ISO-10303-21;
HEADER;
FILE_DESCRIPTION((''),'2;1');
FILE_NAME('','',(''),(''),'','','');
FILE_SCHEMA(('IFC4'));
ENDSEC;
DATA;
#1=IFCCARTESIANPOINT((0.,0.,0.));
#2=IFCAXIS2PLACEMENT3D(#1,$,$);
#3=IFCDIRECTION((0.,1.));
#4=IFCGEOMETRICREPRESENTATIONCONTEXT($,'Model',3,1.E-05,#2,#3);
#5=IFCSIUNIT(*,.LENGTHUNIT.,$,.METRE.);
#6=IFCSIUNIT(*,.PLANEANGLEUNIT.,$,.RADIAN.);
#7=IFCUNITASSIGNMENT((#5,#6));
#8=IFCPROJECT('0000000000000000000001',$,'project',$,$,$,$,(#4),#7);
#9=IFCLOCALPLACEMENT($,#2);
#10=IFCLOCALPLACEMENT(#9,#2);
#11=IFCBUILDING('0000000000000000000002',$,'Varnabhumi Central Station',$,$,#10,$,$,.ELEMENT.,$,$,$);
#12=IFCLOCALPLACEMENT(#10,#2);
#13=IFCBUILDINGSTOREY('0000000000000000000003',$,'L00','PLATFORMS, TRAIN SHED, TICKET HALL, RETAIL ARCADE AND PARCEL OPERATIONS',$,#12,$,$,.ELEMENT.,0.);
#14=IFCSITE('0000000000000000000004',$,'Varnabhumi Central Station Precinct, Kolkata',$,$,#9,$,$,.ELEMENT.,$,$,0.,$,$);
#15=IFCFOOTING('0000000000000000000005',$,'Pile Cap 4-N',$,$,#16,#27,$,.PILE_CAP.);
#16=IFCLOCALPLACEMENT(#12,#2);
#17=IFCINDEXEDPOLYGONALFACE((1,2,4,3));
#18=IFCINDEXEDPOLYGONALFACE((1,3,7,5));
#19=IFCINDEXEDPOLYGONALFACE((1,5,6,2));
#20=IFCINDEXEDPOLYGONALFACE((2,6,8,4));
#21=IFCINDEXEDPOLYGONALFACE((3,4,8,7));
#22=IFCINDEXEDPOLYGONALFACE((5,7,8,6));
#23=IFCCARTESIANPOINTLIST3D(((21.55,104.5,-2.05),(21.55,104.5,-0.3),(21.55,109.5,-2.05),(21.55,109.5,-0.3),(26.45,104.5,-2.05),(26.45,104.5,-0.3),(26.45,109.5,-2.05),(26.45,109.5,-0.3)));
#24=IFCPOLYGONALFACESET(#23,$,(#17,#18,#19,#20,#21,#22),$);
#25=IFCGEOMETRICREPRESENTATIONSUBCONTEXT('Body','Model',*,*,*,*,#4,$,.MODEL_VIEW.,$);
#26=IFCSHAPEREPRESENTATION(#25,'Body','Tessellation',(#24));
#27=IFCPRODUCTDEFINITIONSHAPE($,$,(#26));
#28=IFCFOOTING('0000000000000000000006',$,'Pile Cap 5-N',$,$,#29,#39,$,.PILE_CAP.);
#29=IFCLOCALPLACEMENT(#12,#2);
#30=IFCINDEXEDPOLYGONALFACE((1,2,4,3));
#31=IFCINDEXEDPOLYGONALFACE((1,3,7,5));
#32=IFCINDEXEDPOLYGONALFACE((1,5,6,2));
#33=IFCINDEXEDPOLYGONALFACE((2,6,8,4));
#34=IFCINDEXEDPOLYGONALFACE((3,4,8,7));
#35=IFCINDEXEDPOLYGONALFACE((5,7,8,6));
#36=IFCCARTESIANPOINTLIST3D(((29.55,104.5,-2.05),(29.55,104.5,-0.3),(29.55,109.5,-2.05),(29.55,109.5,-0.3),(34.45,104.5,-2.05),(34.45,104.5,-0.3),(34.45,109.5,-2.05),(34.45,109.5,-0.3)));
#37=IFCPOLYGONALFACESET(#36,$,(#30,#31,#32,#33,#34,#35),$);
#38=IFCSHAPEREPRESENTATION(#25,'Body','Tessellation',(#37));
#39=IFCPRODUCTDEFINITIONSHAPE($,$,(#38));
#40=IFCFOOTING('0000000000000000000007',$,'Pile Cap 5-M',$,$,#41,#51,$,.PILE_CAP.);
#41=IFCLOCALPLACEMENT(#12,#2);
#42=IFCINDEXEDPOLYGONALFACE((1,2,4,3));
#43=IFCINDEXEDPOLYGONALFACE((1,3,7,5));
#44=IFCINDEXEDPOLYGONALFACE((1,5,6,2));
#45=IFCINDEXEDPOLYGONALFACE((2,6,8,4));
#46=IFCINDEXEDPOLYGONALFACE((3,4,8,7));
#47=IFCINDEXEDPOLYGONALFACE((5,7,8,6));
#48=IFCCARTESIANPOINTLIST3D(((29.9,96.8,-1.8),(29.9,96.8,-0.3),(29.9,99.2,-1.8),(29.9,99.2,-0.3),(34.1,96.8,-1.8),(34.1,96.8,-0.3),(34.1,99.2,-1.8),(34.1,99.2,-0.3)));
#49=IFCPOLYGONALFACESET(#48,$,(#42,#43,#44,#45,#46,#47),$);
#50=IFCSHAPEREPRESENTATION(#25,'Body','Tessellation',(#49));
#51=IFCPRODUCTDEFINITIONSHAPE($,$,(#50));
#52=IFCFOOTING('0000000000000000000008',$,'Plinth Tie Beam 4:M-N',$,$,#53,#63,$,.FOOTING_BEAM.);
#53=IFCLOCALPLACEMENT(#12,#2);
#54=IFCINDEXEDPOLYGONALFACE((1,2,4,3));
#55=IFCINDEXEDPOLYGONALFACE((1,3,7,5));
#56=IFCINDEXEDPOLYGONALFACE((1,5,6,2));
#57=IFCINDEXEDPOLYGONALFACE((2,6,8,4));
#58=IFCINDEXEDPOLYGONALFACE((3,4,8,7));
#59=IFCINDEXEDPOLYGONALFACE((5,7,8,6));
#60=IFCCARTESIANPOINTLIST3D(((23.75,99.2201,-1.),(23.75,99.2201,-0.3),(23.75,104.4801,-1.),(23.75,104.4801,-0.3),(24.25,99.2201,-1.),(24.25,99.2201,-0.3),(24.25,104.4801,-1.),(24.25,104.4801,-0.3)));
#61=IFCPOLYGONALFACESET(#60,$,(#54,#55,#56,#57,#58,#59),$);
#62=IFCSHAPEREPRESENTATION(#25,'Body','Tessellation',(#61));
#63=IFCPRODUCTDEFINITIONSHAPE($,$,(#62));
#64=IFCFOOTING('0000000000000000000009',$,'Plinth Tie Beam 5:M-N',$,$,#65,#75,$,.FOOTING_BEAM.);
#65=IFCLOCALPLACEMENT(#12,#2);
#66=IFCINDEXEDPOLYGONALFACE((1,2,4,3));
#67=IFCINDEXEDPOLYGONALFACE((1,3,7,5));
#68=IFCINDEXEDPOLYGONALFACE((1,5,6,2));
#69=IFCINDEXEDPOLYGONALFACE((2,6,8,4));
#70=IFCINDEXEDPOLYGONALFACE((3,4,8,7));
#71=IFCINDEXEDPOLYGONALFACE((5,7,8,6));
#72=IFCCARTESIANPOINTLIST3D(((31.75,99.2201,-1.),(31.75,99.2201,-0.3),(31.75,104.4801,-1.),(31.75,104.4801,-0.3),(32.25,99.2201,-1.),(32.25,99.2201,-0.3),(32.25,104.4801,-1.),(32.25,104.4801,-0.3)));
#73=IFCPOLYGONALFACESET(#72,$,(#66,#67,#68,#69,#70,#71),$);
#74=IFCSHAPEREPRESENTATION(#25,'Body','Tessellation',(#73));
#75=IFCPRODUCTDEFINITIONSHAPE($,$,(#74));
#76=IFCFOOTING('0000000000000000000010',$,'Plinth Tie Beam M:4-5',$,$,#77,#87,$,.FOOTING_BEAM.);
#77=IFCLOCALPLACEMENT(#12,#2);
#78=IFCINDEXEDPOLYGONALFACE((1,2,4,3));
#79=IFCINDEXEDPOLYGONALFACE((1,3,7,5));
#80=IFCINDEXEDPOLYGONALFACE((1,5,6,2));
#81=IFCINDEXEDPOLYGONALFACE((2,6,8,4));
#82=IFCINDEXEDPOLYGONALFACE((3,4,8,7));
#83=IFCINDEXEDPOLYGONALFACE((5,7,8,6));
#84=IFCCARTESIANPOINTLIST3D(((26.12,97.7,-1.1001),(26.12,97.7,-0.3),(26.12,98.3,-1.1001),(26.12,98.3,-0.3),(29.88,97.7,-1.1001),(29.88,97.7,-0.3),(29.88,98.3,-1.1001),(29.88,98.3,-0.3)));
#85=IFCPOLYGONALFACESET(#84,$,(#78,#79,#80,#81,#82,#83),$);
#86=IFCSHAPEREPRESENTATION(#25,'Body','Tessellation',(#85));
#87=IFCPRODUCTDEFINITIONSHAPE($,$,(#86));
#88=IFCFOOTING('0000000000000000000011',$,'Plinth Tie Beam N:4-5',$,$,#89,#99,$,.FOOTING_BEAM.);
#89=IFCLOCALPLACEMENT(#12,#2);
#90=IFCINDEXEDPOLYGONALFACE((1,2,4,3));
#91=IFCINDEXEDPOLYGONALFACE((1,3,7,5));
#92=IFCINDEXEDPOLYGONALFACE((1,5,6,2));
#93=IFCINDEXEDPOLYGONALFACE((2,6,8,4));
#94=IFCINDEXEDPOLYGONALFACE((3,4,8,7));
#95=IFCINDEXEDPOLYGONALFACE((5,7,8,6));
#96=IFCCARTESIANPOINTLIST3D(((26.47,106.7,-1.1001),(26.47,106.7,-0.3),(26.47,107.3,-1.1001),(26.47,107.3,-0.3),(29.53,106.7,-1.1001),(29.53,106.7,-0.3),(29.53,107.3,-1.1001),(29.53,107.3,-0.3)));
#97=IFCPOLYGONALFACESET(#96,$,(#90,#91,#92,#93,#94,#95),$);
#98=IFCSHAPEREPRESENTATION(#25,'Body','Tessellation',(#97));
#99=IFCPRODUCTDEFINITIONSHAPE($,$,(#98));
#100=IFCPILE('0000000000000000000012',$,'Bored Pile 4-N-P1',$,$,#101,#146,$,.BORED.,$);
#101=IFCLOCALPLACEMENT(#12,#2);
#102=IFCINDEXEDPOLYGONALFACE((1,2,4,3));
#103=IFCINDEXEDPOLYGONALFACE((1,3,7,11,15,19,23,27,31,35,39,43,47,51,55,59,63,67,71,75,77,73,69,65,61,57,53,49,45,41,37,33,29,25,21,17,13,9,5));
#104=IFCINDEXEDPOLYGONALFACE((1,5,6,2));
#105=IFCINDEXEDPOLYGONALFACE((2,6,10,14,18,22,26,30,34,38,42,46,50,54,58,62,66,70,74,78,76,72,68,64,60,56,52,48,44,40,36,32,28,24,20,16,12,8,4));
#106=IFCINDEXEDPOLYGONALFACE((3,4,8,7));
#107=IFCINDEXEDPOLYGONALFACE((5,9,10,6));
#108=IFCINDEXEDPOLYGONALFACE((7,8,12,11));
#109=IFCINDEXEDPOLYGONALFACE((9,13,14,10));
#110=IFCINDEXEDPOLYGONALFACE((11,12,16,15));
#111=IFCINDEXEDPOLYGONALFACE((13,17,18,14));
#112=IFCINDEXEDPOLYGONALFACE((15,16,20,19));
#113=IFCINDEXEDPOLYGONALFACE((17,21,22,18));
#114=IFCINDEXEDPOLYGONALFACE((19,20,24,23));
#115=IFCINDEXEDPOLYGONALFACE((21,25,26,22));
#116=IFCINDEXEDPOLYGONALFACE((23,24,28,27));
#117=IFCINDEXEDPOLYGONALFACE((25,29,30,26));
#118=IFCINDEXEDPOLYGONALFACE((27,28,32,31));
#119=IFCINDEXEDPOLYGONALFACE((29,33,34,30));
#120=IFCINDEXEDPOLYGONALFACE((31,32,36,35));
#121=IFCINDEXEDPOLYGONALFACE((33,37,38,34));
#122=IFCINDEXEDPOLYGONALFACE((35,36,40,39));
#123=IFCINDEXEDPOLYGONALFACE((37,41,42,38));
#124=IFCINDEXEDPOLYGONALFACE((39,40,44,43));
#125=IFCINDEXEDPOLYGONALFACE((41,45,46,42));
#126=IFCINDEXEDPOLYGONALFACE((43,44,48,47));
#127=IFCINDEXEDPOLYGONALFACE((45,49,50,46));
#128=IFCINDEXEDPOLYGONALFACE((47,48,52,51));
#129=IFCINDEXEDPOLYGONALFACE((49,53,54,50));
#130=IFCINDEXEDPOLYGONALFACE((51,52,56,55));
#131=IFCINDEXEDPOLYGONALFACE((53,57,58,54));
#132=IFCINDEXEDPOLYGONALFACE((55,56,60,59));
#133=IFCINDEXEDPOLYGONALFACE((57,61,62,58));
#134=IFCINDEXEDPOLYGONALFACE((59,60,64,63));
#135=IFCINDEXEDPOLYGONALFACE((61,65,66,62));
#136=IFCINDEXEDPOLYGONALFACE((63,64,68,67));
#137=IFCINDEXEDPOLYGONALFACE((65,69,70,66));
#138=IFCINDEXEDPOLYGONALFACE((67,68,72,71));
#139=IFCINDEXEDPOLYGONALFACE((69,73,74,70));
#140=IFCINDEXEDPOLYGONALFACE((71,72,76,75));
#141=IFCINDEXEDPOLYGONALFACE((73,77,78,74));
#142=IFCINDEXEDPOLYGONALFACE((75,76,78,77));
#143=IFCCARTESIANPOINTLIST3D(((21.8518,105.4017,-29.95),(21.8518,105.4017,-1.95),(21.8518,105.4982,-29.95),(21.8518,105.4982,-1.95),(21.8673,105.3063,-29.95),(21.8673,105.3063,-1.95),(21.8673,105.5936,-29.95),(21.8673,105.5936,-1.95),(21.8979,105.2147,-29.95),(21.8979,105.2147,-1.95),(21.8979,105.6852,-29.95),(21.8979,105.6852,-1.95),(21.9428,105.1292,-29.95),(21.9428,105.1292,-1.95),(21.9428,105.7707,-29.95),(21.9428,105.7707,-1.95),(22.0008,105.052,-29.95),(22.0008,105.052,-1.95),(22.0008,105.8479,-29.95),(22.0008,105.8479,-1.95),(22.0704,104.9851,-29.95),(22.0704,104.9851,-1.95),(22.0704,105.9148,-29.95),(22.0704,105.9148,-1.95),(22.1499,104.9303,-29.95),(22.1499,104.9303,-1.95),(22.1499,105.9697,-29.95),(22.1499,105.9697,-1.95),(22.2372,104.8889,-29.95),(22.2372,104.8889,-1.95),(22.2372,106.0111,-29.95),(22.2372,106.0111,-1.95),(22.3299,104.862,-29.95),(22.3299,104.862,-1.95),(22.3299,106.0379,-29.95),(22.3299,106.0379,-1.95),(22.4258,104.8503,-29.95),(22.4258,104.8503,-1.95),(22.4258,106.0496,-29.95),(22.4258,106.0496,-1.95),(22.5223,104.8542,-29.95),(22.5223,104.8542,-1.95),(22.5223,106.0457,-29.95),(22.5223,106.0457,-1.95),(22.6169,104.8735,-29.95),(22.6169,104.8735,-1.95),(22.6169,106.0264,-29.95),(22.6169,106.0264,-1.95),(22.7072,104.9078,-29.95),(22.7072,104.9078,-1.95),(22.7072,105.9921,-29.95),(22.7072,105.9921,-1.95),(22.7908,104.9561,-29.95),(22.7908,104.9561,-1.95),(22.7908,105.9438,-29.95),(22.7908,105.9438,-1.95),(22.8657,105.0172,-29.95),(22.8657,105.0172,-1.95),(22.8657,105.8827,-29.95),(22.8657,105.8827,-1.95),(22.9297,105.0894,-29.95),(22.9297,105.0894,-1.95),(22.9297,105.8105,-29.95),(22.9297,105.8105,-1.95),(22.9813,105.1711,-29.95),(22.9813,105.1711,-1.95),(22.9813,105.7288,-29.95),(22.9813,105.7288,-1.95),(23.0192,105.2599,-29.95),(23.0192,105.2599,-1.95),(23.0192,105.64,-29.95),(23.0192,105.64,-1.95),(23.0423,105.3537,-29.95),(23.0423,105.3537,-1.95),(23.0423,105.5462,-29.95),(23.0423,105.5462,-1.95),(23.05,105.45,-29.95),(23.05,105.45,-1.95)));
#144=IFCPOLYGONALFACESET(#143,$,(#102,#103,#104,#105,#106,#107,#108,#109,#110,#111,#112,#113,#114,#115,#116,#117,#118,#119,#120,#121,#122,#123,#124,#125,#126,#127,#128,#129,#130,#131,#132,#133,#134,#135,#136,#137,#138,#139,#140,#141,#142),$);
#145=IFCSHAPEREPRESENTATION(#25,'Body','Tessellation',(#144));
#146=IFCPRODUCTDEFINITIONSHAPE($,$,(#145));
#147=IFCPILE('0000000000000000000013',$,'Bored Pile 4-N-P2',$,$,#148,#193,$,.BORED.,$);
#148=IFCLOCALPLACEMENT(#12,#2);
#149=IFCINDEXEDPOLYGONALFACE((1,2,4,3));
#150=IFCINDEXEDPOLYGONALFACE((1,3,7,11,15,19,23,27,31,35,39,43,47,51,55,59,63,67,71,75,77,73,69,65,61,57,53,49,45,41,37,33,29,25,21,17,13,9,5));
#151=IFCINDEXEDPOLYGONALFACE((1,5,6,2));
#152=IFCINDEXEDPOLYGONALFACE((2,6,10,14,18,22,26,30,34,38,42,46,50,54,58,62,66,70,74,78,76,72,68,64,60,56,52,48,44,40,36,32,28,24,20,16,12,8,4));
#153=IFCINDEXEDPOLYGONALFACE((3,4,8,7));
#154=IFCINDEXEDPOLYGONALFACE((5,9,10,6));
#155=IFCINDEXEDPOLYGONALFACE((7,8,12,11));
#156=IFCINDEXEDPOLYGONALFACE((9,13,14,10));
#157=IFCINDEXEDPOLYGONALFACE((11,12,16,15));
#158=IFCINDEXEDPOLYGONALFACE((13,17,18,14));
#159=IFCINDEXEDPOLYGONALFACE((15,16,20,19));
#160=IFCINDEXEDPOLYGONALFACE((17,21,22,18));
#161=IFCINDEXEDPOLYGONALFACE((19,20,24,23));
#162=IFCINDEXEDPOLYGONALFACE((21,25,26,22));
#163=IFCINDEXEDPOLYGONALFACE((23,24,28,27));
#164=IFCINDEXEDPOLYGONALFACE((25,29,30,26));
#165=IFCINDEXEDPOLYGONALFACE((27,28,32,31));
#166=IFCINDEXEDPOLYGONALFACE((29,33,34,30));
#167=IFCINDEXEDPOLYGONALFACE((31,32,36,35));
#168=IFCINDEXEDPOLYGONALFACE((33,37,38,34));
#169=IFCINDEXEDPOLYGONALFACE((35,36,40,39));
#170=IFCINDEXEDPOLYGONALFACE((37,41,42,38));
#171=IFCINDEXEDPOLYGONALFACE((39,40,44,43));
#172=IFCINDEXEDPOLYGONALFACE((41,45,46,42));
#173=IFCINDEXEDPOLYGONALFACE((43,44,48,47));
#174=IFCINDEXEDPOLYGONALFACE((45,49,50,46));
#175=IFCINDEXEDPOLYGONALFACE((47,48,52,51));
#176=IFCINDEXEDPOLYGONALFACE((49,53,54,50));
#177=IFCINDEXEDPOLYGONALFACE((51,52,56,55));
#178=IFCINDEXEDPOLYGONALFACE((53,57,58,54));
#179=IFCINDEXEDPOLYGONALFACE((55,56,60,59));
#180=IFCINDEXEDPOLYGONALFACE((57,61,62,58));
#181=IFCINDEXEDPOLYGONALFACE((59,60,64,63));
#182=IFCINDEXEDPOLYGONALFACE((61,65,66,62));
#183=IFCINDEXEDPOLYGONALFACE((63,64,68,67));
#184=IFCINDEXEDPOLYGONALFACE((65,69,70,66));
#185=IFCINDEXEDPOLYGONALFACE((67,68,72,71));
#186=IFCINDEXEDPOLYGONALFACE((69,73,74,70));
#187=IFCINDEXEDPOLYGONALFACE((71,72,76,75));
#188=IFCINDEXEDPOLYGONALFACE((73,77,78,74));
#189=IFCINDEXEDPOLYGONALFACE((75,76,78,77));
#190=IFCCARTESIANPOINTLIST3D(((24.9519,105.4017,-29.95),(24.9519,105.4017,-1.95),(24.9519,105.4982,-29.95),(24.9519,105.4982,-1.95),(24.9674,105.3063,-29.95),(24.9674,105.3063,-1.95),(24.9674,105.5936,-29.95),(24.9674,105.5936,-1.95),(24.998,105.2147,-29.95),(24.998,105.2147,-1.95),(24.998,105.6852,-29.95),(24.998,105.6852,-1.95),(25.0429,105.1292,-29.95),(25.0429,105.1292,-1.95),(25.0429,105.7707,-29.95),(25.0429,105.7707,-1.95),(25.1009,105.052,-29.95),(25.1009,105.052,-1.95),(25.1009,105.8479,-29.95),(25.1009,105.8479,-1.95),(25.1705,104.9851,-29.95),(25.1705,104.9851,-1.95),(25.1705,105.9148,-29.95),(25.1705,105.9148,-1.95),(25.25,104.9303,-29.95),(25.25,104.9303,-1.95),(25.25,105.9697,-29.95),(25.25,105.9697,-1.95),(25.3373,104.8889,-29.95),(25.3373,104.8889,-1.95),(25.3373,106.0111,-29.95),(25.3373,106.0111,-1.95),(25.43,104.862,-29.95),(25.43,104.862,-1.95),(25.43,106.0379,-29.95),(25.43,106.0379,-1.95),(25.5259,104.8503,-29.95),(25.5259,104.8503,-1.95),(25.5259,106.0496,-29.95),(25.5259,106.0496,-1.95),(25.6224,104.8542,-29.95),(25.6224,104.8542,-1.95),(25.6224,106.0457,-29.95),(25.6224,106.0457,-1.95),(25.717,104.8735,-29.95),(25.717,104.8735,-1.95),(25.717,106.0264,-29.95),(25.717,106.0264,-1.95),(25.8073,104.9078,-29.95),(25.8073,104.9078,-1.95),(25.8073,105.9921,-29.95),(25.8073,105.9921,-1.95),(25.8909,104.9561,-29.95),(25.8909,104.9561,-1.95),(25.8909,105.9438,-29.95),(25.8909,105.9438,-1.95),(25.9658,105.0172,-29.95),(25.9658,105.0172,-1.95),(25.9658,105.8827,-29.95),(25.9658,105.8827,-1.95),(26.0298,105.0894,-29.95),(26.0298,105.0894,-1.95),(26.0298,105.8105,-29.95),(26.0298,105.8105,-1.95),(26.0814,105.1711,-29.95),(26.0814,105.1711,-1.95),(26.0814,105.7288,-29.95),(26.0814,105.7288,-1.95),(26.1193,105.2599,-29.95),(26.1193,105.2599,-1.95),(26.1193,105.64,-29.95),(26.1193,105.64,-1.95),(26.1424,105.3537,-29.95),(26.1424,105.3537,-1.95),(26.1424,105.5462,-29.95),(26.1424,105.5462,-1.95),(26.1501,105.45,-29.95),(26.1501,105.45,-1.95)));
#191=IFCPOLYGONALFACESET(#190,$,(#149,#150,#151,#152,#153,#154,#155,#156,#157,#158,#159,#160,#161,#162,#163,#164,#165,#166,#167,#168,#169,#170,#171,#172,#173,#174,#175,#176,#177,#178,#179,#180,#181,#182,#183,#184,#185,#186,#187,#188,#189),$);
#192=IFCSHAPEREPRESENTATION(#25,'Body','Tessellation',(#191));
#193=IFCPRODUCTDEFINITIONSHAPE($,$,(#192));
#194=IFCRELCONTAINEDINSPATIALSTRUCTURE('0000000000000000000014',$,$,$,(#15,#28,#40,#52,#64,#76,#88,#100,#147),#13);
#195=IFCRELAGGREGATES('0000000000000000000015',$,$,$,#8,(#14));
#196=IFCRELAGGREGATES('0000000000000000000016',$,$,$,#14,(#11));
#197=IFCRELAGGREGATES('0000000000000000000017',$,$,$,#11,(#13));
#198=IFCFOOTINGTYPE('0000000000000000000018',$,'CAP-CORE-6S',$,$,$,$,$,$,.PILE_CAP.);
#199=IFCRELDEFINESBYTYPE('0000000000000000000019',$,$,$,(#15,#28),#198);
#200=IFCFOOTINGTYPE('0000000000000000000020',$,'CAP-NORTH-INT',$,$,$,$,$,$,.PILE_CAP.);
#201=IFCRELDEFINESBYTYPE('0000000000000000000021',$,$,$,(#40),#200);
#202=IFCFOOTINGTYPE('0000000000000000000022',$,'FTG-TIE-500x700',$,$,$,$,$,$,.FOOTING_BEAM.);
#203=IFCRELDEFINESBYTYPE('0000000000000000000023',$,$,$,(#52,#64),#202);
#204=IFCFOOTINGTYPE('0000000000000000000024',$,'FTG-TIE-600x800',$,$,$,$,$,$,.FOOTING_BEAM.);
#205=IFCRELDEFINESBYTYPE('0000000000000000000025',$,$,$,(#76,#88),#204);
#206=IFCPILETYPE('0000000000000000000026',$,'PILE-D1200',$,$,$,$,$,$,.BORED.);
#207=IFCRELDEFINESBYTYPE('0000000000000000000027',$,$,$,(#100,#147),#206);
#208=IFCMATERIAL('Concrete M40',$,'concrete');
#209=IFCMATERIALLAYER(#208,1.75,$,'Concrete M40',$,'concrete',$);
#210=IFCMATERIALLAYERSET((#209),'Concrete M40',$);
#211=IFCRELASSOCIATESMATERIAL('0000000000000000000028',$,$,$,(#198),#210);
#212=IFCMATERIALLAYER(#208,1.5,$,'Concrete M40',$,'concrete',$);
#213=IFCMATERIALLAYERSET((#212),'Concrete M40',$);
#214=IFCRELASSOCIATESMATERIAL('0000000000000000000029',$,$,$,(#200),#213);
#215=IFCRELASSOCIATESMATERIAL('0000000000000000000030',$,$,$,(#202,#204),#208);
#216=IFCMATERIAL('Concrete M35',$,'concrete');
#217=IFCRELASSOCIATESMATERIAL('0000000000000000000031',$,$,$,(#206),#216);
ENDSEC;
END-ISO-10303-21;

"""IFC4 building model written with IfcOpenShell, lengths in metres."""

from ifc_helpers import new_model, si_unit, direction, frame, origin, origin_2d, place, context, subcontext, project, spatial, rectangle, circle, extrude, material, layer, layer_set, material_profile, profile_set, type_object, element, save


model = new_model("IFC4")

# Units and contexts
model_context = context("Model", 3, precision=1e-05, world=origin(), true_north=direction((0.0, 1.0)))
body_context = subcontext(model_context, "Body", "Model", "MODEL_VIEW")
ifc_project = project(units=[si_unit("LENGTHUNIT", "METRE"), si_unit("PLANEANGLEUNIT", "RADIAN")], contexts=[model_context])

# Site, building, storey
site_placement = place(None, origin())
site = spatial("IfcSite", under=ifc_project, at=site_placement, Name="Varnabhumi Central Station Precinct, Kolkata", CompositionType="ELEMENT", RefElevation=0.0)
building_placement = place(site_placement, origin())
building = spatial("IfcBuilding", under=site, at=building_placement, Name="Varnabhumi Central Station", CompositionType="ELEMENT")
storey_placement = place(building_placement, origin())
storey = spatial("IfcBuildingStorey", under=building, at=storey_placement, Name="L00", Description="PLATFORMS, TRAIN SHED, TICKET HALL, RETAIL ARCADE AND PARCEL OPERATIONS", CompositionType="ELEMENT", Elevation=0.0)

# Footings
ifc_material_1 = material(Name="Concrete M40", Category="concrete")
ifc_layer_1 = layer(ifc_material_1, 1.75, Name="Concrete M40", Category="concrete")
ifc_layer_set_1 = layer_set([ifc_layer_1], Name="Concrete M40")
footing_type_1 = type_object("IfcFootingType", Name="CAP-CORE-6S", PredefinedType="PILE_CAP", material=ifc_layer_set_1)
for number, where, z_axis, x_axis, name in (
    (1, (24.0, 107.0, -2.05), (0.0, 0.0, 1.0), (1.0, 0.0, 0.0), "Pile Cap 4-N"),
    (2, (32.0, 107.0, -2.05), (0.0, 0.0, 1.0), (1.0, 0.0, 0.0), "Pile Cap 5-N"),
):
    element("IfcFooting", number, at=place(storey_placement, frame(where, z_axis=z_axis, x_axis=x_axis)), inside=storey, type_object=footing_type_1, Name=name, PredefinedType="PILE_CAP", context=body_context, shape_type="SweptSolid", body=[
        extrude(rectangle(XDim=4.8999, YDim=5.0, at=origin_2d()), origin(), (0.0, 0.0, 1.0), 1.75),
    ])
ifc_layer_2 = layer(ifc_material_1, 1.5, Name="Concrete M40", Category="concrete")
ifc_layer_set_2 = layer_set([ifc_layer_2], Name="Concrete M40")
footing_type_2 = type_object("IfcFootingType", Name="CAP-NORTH-INT", PredefinedType="PILE_CAP", material=ifc_layer_set_2)
footing_1_placement = place(storey_placement, frame((32.0, 98.0, -1.8), z_axis=(0.0, 0.0, 1.0), x_axis=(1.0, 0.0, 0.0)))
element("IfcFooting", 3, at=footing_1_placement, inside=storey, type_object=footing_type_2, Name="Pile Cap 5-M", PredefinedType="PILE_CAP", context=body_context, shape_type="SweptSolid", body=[
    extrude(rectangle(XDim=4.2, YDim=2.3999, at=origin_2d()), origin(), (0.0, 0.0, 1.0), 1.5),
])
footing_type_3 = type_object("IfcFootingType", Name="FTG-TIE-500x700", PredefinedType="FOOTING_BEAM", material=ifc_material_1)
for number, where, z_axis, x_axis, name in (
    (4, (24.0, 101.8501, -1.0), (0.0, 0.0, 1.0), (1.0, 0.0, 0.0), "Plinth Tie Beam 4:M-N"),
    (5, (32.0, 101.8501, -1.0), (0.0, 0.0, 1.0), (1.0, 0.0, 0.0), "Plinth Tie Beam 5:M-N"),
):
    element("IfcFooting", number, at=place(storey_placement, frame(where, z_axis=z_axis, x_axis=x_axis)), inside=storey, type_object=footing_type_3, Name=name, PredefinedType="FOOTING_BEAM", context=body_context, shape_type="SweptSolid", body=[
        extrude(rectangle(XDim=0.5, YDim=5.26, at=origin_2d()), origin(), (0.0, 0.0, 1.0), 0.7),
    ])
footing_type_4 = type_object("IfcFootingType", Name="FTG-TIE-600x800", PredefinedType="FOOTING_BEAM", material=ifc_material_1)
footing_2_placement = place(storey_placement, frame((28.0, 98.0, -1.1001), z_axis=(0.0, 0.0, 1.0), x_axis=(1.0, 0.0, 0.0)))
element("IfcFooting", 6, at=footing_2_placement, inside=storey, type_object=footing_type_4, Name="Plinth Tie Beam M:4-5", PredefinedType="FOOTING_BEAM", context=body_context, shape_type="SweptSolid", body=[
    extrude(rectangle(XDim=3.76, YDim=0.6001, at=origin_2d()), origin(), (0.0, 0.0, 1.0), 0.8),
])
footing_3_placement = place(storey_placement, frame((28.0, 107.0, -1.1001), z_axis=(0.0, 0.0, 1.0), x_axis=(1.0, 0.0, 0.0)))
element("IfcFooting", 7, at=footing_3_placement, inside=storey, type_object=footing_type_4, Name="Plinth Tie Beam N:4-5", PredefinedType="FOOTING_BEAM", context=body_context, shape_type="SweptSolid", body=[
    extrude(rectangle(XDim=3.0601, YDim=0.6001, at=origin_2d()), origin(), (0.0, 0.0, 1.0), 0.8),
])

# Piles
ifc_material_2 = material(Name="Concrete M35", Category="concrete")
ifc_material_profile_1 = material_profile(ifc_material_2, circle(Radius=0.6001, at=origin_2d()), Name="Concrete M35", Category="concrete")
ifc_profile_set_1 = profile_set([ifc_material_profile_1], Name="Concrete M35")
pile_type_1 = type_object("IfcPileType", Name="PILE-D1200", PredefinedType="BORED", material=ifc_profile_set_1)
for number, where, z_axis, x_axis, name in (
    (8, (22.45, 105.45, -1.95), (0.0, 0.0, -1.0), (1.0, 0.0, 0.0), "Bored Pile 4-N-P1"),
    (9, (25.55, 105.45, -1.95), (0.0, 0.0, -1.0), (1.0, 0.0, 0.0), "Bored Pile 4-N-P2"),
):
    element("IfcPile", number, at=place(storey_placement, frame(where, z_axis=z_axis, x_axis=x_axis)), inside=storey, type_object=pile_type_1, Name=name, PredefinedType="BORED", context=body_context, shape_type="SweptSolid", body=[
        extrude(circle(Radius=0.6001, at=origin_2d()), origin(), (0.0, 0.0, 1.0), 28.0),
    ])

save(model, "model.ifc")
